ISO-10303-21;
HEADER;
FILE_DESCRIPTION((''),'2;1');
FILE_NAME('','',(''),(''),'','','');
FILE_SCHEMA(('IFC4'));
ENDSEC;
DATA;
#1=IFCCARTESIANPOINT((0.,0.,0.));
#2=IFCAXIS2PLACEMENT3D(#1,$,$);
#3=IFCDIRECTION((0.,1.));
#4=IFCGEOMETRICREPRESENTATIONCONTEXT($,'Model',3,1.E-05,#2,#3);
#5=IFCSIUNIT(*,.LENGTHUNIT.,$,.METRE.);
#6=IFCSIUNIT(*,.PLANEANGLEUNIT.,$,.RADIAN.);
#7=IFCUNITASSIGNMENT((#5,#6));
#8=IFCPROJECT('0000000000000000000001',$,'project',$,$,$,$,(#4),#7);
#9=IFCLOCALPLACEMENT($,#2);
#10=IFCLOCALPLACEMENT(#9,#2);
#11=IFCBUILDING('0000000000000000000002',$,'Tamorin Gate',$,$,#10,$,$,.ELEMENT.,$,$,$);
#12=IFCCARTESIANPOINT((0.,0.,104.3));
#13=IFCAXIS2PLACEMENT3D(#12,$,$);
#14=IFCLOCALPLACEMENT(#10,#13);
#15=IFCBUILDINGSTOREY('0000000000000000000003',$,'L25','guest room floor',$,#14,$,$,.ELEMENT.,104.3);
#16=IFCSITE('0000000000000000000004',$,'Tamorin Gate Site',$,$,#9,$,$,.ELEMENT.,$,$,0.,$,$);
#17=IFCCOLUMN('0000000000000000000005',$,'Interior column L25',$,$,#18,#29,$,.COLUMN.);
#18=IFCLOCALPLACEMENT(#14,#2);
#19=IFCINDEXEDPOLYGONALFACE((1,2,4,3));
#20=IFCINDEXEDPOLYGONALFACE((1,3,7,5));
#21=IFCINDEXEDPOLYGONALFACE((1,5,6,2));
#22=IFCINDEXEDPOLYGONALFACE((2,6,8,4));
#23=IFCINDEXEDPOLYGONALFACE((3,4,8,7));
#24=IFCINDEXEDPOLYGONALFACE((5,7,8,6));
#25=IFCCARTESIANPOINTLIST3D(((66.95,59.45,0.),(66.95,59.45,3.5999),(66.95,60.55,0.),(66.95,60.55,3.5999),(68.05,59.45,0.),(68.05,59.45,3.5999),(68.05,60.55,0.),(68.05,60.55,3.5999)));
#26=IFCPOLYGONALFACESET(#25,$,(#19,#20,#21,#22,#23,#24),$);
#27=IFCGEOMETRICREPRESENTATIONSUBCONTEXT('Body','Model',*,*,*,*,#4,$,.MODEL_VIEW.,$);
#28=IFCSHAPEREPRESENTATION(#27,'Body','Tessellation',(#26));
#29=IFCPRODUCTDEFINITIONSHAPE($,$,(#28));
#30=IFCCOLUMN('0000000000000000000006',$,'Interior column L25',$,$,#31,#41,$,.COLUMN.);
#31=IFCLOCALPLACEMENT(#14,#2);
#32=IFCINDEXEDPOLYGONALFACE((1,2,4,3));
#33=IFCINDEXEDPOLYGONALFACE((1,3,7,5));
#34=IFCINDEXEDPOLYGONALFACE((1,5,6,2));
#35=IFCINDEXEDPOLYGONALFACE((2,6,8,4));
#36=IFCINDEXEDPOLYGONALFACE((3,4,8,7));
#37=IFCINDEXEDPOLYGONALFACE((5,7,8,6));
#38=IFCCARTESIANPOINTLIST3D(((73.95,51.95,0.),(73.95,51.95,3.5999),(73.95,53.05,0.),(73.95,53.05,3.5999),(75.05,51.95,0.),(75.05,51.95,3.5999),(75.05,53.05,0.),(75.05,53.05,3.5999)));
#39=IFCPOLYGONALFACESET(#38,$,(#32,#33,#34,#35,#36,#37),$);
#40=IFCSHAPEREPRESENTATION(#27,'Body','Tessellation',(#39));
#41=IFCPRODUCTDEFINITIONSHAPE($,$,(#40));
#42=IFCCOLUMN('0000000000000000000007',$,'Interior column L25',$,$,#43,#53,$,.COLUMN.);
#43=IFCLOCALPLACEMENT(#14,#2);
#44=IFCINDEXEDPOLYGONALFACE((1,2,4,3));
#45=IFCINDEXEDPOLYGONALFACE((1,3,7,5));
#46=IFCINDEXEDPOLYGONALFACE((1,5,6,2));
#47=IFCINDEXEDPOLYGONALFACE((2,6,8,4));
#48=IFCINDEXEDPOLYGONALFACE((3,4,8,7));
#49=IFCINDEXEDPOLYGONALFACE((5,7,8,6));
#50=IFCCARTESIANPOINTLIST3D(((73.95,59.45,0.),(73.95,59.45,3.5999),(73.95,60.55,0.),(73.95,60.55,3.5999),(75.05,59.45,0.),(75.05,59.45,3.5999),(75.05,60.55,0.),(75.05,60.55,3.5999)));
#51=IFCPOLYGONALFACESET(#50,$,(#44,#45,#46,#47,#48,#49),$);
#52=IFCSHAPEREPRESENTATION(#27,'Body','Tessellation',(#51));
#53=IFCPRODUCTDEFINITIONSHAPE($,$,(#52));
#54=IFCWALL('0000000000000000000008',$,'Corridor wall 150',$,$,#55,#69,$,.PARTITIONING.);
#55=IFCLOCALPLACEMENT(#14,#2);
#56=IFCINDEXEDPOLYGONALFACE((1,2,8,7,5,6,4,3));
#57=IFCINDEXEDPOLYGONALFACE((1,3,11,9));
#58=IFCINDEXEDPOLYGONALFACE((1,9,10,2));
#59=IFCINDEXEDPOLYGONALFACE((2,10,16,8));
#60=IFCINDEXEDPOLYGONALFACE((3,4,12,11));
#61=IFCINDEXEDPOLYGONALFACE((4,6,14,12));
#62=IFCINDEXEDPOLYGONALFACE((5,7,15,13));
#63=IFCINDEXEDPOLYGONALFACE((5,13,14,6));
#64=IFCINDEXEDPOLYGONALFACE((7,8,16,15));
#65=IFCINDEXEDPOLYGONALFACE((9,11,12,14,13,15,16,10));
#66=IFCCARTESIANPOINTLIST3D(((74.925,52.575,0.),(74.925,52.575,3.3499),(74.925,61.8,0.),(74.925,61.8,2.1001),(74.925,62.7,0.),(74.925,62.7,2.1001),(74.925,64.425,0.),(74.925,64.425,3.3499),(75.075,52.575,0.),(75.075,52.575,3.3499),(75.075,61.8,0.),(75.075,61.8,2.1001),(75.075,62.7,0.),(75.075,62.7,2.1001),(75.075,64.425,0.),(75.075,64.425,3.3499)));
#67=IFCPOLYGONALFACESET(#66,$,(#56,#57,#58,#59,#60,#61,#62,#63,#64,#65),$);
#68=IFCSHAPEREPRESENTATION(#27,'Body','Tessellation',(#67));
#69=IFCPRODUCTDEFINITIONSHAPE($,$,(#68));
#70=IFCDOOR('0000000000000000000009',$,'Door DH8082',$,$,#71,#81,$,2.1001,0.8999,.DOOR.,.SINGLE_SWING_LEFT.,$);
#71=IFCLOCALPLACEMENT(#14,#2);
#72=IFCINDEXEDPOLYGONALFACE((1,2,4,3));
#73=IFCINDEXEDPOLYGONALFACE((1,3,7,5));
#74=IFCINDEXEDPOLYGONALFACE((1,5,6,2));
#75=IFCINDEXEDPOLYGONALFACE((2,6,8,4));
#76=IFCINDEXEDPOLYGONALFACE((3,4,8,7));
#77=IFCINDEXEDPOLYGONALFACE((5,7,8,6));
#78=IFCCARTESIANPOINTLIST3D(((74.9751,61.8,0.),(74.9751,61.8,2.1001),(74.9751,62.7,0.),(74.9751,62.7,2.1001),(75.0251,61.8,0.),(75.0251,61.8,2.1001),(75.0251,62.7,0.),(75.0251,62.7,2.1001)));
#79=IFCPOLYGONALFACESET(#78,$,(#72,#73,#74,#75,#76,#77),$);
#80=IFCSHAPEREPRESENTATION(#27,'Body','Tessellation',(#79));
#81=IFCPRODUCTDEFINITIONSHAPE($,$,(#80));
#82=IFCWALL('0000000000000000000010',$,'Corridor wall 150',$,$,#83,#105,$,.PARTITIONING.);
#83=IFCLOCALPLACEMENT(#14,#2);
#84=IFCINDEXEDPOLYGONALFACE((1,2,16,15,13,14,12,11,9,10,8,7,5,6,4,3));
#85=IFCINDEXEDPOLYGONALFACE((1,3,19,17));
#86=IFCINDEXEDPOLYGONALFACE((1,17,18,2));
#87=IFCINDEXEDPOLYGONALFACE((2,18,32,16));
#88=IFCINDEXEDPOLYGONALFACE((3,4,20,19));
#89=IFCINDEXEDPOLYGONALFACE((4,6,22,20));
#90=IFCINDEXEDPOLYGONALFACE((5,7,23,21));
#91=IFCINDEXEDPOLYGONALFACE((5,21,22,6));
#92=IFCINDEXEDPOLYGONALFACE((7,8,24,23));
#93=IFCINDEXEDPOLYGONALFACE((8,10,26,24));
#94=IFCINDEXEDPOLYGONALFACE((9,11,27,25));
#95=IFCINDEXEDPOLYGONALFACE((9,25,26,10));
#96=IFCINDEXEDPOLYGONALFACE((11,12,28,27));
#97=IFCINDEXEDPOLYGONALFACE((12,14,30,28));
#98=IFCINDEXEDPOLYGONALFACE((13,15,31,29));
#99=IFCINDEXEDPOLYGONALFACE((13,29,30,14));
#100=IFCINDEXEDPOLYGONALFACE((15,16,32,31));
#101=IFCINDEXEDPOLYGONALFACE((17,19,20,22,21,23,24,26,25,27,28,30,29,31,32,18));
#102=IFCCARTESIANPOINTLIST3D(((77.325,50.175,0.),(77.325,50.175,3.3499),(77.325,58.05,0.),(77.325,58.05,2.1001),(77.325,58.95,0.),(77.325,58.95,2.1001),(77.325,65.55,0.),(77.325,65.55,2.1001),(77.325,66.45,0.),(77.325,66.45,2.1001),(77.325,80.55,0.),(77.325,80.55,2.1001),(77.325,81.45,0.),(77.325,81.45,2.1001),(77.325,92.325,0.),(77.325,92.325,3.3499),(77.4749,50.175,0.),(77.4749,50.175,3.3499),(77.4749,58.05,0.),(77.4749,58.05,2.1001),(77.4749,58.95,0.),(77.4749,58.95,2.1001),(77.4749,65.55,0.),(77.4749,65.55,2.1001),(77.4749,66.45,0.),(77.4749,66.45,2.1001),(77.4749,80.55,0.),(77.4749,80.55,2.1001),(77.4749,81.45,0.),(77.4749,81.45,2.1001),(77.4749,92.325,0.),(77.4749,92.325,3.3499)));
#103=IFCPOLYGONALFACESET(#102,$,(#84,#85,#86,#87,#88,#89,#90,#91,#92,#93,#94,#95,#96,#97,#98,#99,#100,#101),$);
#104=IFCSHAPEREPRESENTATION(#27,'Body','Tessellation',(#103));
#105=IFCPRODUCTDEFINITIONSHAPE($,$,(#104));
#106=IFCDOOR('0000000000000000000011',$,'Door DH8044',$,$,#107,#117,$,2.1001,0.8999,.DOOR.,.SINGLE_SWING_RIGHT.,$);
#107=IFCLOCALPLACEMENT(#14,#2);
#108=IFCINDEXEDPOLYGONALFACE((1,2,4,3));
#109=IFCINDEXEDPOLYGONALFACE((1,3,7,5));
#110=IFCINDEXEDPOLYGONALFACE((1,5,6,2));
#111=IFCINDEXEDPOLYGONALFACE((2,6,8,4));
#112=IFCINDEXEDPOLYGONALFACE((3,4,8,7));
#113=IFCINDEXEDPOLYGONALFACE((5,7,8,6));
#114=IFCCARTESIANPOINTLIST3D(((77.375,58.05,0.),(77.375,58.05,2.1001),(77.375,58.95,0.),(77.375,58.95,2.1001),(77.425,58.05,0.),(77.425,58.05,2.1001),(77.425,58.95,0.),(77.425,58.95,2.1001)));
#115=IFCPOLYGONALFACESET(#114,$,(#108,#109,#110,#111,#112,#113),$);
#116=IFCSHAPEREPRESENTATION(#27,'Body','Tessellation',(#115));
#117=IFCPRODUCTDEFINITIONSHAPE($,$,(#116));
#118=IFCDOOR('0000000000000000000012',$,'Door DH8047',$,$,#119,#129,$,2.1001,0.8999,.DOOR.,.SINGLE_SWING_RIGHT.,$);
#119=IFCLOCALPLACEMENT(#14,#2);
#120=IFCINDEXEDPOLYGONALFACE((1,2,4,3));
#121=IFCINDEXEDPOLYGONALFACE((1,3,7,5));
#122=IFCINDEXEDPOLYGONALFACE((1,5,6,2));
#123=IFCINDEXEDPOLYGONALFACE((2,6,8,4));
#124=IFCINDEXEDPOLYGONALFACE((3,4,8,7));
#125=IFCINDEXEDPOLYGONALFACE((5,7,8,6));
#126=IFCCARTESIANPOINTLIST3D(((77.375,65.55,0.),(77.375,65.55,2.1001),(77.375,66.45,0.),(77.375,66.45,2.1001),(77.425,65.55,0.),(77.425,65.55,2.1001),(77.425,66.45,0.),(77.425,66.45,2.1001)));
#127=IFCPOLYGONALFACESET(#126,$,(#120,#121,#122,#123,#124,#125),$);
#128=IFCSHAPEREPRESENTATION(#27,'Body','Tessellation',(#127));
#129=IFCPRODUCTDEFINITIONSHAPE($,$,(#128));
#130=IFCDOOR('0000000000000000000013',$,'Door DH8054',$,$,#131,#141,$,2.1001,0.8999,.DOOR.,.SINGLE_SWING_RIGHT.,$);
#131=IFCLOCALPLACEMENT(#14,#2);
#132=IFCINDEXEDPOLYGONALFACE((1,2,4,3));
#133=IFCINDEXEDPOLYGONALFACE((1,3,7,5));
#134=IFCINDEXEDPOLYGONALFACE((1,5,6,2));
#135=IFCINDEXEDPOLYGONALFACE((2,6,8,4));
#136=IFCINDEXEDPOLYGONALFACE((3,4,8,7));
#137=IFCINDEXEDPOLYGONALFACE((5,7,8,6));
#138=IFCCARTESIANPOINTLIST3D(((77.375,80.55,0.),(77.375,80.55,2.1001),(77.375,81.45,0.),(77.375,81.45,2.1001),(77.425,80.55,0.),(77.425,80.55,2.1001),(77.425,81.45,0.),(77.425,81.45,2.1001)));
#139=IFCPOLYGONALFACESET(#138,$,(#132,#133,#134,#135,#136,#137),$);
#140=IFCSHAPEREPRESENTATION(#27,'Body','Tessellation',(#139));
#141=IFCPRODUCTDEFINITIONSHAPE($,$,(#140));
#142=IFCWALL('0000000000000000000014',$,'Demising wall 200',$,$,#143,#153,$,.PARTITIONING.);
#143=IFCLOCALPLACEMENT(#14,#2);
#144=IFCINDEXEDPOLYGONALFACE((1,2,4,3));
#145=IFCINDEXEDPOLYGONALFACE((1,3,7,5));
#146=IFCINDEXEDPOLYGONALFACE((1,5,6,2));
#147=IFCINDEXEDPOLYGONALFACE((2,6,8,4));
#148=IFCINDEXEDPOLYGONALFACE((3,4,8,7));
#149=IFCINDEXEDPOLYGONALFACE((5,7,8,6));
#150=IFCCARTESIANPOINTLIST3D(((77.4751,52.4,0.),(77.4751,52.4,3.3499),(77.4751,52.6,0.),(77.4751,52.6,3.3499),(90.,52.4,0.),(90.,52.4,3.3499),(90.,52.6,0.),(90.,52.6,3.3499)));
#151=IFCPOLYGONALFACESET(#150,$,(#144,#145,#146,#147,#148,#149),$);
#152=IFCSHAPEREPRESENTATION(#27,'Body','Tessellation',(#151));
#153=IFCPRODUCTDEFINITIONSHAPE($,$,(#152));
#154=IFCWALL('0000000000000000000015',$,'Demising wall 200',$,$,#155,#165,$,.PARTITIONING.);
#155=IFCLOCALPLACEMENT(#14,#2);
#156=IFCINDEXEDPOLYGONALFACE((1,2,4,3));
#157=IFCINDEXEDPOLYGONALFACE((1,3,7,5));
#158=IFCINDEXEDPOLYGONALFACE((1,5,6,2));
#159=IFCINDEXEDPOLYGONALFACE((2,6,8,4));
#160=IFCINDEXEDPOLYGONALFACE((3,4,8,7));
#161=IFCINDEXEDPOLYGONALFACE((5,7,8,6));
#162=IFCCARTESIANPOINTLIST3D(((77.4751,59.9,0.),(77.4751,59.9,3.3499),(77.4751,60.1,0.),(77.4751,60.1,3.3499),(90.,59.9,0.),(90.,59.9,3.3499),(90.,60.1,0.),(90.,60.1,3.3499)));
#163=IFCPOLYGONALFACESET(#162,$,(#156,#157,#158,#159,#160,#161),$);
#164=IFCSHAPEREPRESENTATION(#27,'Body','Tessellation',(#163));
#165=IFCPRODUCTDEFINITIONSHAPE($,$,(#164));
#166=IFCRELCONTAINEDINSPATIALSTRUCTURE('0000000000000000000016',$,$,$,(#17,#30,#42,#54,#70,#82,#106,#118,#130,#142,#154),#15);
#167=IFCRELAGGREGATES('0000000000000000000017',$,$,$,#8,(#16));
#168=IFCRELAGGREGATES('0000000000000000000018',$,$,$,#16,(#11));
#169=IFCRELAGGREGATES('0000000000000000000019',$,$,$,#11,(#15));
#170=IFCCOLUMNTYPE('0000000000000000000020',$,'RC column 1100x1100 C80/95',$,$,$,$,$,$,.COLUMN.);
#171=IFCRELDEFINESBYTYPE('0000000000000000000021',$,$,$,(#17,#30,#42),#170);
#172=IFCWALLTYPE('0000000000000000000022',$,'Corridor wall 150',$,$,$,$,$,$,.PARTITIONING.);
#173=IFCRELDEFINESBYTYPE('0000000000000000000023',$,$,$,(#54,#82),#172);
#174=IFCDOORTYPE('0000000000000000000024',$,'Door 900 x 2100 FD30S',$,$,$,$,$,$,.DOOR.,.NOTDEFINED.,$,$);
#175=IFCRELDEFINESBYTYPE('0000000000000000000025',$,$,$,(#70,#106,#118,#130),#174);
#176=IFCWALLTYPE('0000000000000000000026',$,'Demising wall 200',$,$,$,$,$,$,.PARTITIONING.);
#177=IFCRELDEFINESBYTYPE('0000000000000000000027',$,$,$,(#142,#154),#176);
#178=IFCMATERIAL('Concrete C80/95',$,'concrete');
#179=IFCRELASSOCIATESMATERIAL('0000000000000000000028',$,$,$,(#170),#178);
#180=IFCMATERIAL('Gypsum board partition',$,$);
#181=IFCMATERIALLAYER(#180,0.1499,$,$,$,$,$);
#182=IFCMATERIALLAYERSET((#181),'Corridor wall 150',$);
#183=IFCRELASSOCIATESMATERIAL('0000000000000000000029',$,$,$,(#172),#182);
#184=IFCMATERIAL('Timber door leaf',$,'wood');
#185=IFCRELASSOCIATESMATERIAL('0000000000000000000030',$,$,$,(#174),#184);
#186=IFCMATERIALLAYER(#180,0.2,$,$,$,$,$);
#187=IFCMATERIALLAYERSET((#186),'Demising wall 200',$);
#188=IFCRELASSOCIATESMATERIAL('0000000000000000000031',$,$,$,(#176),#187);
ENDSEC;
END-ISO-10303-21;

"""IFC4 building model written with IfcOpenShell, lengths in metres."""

from ifc_helpers import new_model, si_unit, direction, frame, frame_2d, origin, origin_2d, place, context, subcontext, project, spatial, rectangle, extrude, material, layer, layer_set, material_profile, profile_set, type_object, element, fill, save


model = new_model("IFC4")

# Units and contexts
model_context = context("Model", 3, precision=1e-05, world=origin(), true_north=direction((0.0, 1.0)))
body_context = subcontext(model_context, "Body", "Model", "MODEL_VIEW")
ifc_project = project(units=[si_unit("LENGTHUNIT", "METRE"), si_unit("PLANEANGLEUNIT", "RADIAN")], contexts=[model_context])

# Site, building, storey
site_placement = place(None, origin())
site = spatial("IfcSite", under=ifc_project, at=site_placement, Name="Tamorin Gate Site", CompositionType="ELEMENT", RefElevation=0.0)
building_placement = place(site_placement, origin())
building = spatial("IfcBuilding", under=site, at=building_placement, Name="Tamorin Gate", CompositionType="ELEMENT")
storey_placement = place(building_placement, frame((0.0, 0.0, 104.3)))
storey = spatial("IfcBuildingStorey", under=building, at=storey_placement, Name="L25", Description="guest room floor", CompositionType="ELEMENT", Elevation=104.3)

# Columns
ifc_material_1 = material(Name="Concrete C80/95", Category="concrete")
ifc_material_profile = material_profile(ifc_material_1, rectangle(XDim=1.1001, YDim=1.1001, at=origin_2d()), Name="RC 1100x1100")
ifc_profile_set = profile_set([ifc_material_profile], Name="Concrete C80/95")
column_type = type_object("IfcColumnType", Name="RC column 1100x1100 C80/95", PredefinedType="COLUMN", material=ifc_profile_set)
for number, where, z_axis, x_axis, name in (
    (1, (67.5, 60.0, 0.0), (0.0, 0.0, 1.0), (1.0, 0.0, 0.0), "Interior column L25"),
    (2, (74.5, 52.5, 0.0), (0.0, 0.0, 1.0), (1.0, 0.0, 0.0), "Interior column L25"),
    (3, (74.5, 60.0, 0.0), (0.0, 0.0, 1.0), (1.0, 0.0, 0.0), "Interior column L25"),
):
    element("IfcColumn", number, at=place(storey_placement, frame(where, z_axis=z_axis, x_axis=x_axis)), inside=storey, type_object=column_type, Name=name, PredefinedType="COLUMN", context=body_context, shape_type="SweptSolid", body=[
        extrude(rectangle(XDim=1.1001, YDim=1.1001, at=origin_2d()), origin(), (0.0, 0.0, 1.0), 3.5999),
    ])

# Wall, opening, door
ifc_material_2 = material(Name="Gypsum board partition")
ifc_layer_1 = layer(ifc_material_2, 0.1499)
ifc_layer_set_1 = layer_set([ifc_layer_1], Name="Corridor wall 150")
wall_type_1 = type_object("IfcWallType", Name="Corridor wall 150", PredefinedType="PARTITIONING", material=ifc_layer_set_1)
wall_1_placement = place(storey_placement, frame((75.0, 52.575, 0.0), z_axis=(0.0, 0.0, 1.0), x_axis=(0.0, 1.0, 0.0)))
wall_1 = element("IfcWall", 4, at=wall_1_placement, inside=storey, type_object=wall_type_1, Name="Corridor wall 150", PredefinedType="PARTITIONING", context=body_context, shape_type="SweptSolid", body=[
    extrude(rectangle(XDim=11.8501, YDim=0.1499, at=frame_2d((5.925, 0.0))), origin(), (0.0, 0.0, 1.0), 3.3499),
])
opening_1_placement = place(wall_1_placement, frame((9.2251, 0.0, 0.0)))
opening_1 = element("IfcOpeningElement", 5, at=opening_1_placement, cuts=wall_1, PredefinedType="OPENING", context=body_context, shape_type="SweptSolid", body=[
    extrude(rectangle(XDim=0.8999, YDim=2.1001, at=frame_2d((0.45, 1.05))), frame((0.0, 0.085, 0.0), z_axis=(0.0, -1.0, 0.0), x_axis=(1.0, 0.0, 0.0)), (0.0, 0.0, 1.0), 0.1699),
])
ifc_material_3 = material(Name="Timber door leaf", Category="wood")
door_type_1 = type_object("IfcDoorType", Name="Door 900 x 2100 FD30S", OperationType="NOTDEFINED", PredefinedType="DOOR", material=ifc_material_3)
door_1_placement = place(opening_1_placement, origin())
door_1 = element("IfcDoor", 6, at=door_1_placement, inside=storey, type_object=door_type_1, Name="Door DH8082", OperationType="SINGLE_SWING_LEFT", OverallHeight=2.1001, OverallWidth=0.8999, PredefinedType="DOOR", context=body_context, shape_type="SweptSolid", body=[
    extrude(rectangle(XDim=0.8999, YDim=2.1001, at=frame_2d((0.45, 1.05))), frame((0.0, 0.0249, 0.0), z_axis=(0.0, -1.0, 0.0), x_axis=(1.0, 0.0, 0.0)), (0.0, 0.0, 1.0), 0.05),
])
fill(opening_1, door_1)

# Wall, openings, doors
wall_2_placement = place(storey_placement, frame((77.3999, 50.175, 0.0), z_axis=(0.0, 0.0, 1.0), x_axis=(0.0, 1.0, 0.0)))
wall_2 = element("IfcWall", 7, at=wall_2_placement, inside=storey, type_object=wall_type_1, Name="Corridor wall 150", PredefinedType="PARTITIONING", context=body_context, shape_type="SweptSolid", body=[
    extrude(rectangle(XDim=42.1499, YDim=0.1499, at=frame_2d((21.075, 0.0))), origin(), (0.0, 0.0, 1.0), 3.3499),
])
opening_2_placement = place(wall_2_placement, frame((7.875, 0.0, 0.0)))
opening_2 = element("IfcOpeningElement", 8, at=opening_2_placement, cuts=wall_2, PredefinedType="OPENING", context=body_context, shape_type="SweptSolid", body=[
    extrude(rectangle(XDim=0.8999, YDim=2.1001, at=frame_2d((0.45, 1.05))), frame((0.0, 0.085, 0.0), z_axis=(0.0, -1.0, 0.0), x_axis=(1.0, 0.0, 0.0)), (0.0, 0.0, 1.0), 0.1699),
])
opening_3_placement = place(wall_2_placement, frame((15.375, 0.0, 0.0)))
opening_3 = element("IfcOpeningElement", 9, at=opening_3_placement, cuts=wall_2, PredefinedType="OPENING", context=body_context, shape_type="SweptSolid", body=[
    extrude(rectangle(XDim=0.8999, YDim=2.1001, at=frame_2d((0.45, 1.05))), frame((0.0, 0.085, 0.0), z_axis=(0.0, -1.0, 0.0), x_axis=(1.0, 0.0, 0.0)), (0.0, 0.0, 1.0), 0.1699),
])
opening_4_placement = place(wall_2_placement, frame((30.375, 0.0, 0.0)))
opening_4 = element("IfcOpeningElement", 10, at=opening_4_placement, cuts=wall_2, PredefinedType="OPENING", context=body_context, shape_type="SweptSolid", body=[
    extrude(rectangle(XDim=0.8999, YDim=2.1001, at=frame_2d((0.45, 1.05))), frame((0.0, 0.085, 0.0), z_axis=(0.0, -1.0, 0.0), x_axis=(1.0, 0.0, 0.0)), (0.0, 0.0, 1.0), 0.1699),
])
door_2_placement = place(opening_2_placement, origin())
door_2 = element("IfcDoor", 11, at=door_2_placement, inside=storey, type_object=door_type_1, Name="Door DH8044", OperationType="SINGLE_SWING_RIGHT", OverallHeight=2.1001, OverallWidth=0.8999, PredefinedType="DOOR", context=body_context, shape_type="SweptSolid", body=[
    extrude(rectangle(XDim=0.8999, YDim=2.1001, at=frame_2d((0.45, 1.05))), frame((0.0, 0.0249, 0.0), z_axis=(0.0, -1.0, 0.0), x_axis=(1.0, 0.0, 0.0)), (0.0, 0.0, 1.0), 0.05),
])
fill(opening_2, door_2)
door_3_placement = place(opening_3_placement, origin())
door_3 = element("IfcDoor", 12, at=door_3_placement, inside=storey, type_object=door_type_1, Name="Door DH8047", OperationType="SINGLE_SWING_RIGHT", OverallHeight=2.1001, OverallWidth=0.8999, PredefinedType="DOOR", context=body_context, shape_type="SweptSolid", body=[
    extrude(rectangle(XDim=0.8999, YDim=2.1001, at=frame_2d((0.45, 1.05))), frame((0.0, 0.0249, 0.0), z_axis=(0.0, -1.0, 0.0), x_axis=(1.0, 0.0, 0.0)), (0.0, 0.0, 1.0), 0.05),
])
fill(opening_3, door_3)
door_4_placement = place(opening_4_placement, origin())
door_4 = element("IfcDoor", 13, at=door_4_placement, inside=storey, type_object=door_type_1, Name="Door DH8054", OperationType="SINGLE_SWING_RIGHT", OverallHeight=2.1001, OverallWidth=0.8999, PredefinedType="DOOR", context=body_context, shape_type="SweptSolid", body=[
    extrude(rectangle(XDim=0.8999, YDim=2.1001, at=frame_2d((0.45, 1.05))), frame((0.0, 0.0249, 0.0), z_axis=(0.0, -1.0, 0.0), x_axis=(1.0, 0.0, 0.0)), (0.0, 0.0, 1.0), 0.05),
])
fill(opening_4, door_4)

# Walls
ifc_layer_2 = layer(ifc_material_2, 0.2)
ifc_layer_set_2 = layer_set([ifc_layer_2], Name="Demising wall 200")
wall_type_2 = type_object("IfcWallType", Name="Demising wall 200", PredefinedType="PARTITIONING", material=ifc_layer_set_2)
for number, where, z_axis, x_axis, name in (
    (14, (77.4751, 52.5, 0.0), (0.0, 0.0, 1.0), (1.0, 0.0, 0.0), "Demising wall 200"),
    (15, (77.4751, 60.0, 0.0), (0.0, 0.0, 1.0), (1.0, 0.0, 0.0), "Demising wall 200"),
):
    element("IfcWall", number, at=place(storey_placement, frame(where, z_axis=z_axis, x_axis=x_axis)), inside=storey, type_object=wall_type_2, Name=name, PredefinedType="PARTITIONING", context=body_context, shape_type="SweptSolid", body=[
        extrude(rectangle(XDim=12.5249, YDim=0.2, at=frame_2d((6.2625, 0.0))), origin(), (0.0, 0.0, 1.0), 3.3499),
    ])

save(model, "model.ifc")
